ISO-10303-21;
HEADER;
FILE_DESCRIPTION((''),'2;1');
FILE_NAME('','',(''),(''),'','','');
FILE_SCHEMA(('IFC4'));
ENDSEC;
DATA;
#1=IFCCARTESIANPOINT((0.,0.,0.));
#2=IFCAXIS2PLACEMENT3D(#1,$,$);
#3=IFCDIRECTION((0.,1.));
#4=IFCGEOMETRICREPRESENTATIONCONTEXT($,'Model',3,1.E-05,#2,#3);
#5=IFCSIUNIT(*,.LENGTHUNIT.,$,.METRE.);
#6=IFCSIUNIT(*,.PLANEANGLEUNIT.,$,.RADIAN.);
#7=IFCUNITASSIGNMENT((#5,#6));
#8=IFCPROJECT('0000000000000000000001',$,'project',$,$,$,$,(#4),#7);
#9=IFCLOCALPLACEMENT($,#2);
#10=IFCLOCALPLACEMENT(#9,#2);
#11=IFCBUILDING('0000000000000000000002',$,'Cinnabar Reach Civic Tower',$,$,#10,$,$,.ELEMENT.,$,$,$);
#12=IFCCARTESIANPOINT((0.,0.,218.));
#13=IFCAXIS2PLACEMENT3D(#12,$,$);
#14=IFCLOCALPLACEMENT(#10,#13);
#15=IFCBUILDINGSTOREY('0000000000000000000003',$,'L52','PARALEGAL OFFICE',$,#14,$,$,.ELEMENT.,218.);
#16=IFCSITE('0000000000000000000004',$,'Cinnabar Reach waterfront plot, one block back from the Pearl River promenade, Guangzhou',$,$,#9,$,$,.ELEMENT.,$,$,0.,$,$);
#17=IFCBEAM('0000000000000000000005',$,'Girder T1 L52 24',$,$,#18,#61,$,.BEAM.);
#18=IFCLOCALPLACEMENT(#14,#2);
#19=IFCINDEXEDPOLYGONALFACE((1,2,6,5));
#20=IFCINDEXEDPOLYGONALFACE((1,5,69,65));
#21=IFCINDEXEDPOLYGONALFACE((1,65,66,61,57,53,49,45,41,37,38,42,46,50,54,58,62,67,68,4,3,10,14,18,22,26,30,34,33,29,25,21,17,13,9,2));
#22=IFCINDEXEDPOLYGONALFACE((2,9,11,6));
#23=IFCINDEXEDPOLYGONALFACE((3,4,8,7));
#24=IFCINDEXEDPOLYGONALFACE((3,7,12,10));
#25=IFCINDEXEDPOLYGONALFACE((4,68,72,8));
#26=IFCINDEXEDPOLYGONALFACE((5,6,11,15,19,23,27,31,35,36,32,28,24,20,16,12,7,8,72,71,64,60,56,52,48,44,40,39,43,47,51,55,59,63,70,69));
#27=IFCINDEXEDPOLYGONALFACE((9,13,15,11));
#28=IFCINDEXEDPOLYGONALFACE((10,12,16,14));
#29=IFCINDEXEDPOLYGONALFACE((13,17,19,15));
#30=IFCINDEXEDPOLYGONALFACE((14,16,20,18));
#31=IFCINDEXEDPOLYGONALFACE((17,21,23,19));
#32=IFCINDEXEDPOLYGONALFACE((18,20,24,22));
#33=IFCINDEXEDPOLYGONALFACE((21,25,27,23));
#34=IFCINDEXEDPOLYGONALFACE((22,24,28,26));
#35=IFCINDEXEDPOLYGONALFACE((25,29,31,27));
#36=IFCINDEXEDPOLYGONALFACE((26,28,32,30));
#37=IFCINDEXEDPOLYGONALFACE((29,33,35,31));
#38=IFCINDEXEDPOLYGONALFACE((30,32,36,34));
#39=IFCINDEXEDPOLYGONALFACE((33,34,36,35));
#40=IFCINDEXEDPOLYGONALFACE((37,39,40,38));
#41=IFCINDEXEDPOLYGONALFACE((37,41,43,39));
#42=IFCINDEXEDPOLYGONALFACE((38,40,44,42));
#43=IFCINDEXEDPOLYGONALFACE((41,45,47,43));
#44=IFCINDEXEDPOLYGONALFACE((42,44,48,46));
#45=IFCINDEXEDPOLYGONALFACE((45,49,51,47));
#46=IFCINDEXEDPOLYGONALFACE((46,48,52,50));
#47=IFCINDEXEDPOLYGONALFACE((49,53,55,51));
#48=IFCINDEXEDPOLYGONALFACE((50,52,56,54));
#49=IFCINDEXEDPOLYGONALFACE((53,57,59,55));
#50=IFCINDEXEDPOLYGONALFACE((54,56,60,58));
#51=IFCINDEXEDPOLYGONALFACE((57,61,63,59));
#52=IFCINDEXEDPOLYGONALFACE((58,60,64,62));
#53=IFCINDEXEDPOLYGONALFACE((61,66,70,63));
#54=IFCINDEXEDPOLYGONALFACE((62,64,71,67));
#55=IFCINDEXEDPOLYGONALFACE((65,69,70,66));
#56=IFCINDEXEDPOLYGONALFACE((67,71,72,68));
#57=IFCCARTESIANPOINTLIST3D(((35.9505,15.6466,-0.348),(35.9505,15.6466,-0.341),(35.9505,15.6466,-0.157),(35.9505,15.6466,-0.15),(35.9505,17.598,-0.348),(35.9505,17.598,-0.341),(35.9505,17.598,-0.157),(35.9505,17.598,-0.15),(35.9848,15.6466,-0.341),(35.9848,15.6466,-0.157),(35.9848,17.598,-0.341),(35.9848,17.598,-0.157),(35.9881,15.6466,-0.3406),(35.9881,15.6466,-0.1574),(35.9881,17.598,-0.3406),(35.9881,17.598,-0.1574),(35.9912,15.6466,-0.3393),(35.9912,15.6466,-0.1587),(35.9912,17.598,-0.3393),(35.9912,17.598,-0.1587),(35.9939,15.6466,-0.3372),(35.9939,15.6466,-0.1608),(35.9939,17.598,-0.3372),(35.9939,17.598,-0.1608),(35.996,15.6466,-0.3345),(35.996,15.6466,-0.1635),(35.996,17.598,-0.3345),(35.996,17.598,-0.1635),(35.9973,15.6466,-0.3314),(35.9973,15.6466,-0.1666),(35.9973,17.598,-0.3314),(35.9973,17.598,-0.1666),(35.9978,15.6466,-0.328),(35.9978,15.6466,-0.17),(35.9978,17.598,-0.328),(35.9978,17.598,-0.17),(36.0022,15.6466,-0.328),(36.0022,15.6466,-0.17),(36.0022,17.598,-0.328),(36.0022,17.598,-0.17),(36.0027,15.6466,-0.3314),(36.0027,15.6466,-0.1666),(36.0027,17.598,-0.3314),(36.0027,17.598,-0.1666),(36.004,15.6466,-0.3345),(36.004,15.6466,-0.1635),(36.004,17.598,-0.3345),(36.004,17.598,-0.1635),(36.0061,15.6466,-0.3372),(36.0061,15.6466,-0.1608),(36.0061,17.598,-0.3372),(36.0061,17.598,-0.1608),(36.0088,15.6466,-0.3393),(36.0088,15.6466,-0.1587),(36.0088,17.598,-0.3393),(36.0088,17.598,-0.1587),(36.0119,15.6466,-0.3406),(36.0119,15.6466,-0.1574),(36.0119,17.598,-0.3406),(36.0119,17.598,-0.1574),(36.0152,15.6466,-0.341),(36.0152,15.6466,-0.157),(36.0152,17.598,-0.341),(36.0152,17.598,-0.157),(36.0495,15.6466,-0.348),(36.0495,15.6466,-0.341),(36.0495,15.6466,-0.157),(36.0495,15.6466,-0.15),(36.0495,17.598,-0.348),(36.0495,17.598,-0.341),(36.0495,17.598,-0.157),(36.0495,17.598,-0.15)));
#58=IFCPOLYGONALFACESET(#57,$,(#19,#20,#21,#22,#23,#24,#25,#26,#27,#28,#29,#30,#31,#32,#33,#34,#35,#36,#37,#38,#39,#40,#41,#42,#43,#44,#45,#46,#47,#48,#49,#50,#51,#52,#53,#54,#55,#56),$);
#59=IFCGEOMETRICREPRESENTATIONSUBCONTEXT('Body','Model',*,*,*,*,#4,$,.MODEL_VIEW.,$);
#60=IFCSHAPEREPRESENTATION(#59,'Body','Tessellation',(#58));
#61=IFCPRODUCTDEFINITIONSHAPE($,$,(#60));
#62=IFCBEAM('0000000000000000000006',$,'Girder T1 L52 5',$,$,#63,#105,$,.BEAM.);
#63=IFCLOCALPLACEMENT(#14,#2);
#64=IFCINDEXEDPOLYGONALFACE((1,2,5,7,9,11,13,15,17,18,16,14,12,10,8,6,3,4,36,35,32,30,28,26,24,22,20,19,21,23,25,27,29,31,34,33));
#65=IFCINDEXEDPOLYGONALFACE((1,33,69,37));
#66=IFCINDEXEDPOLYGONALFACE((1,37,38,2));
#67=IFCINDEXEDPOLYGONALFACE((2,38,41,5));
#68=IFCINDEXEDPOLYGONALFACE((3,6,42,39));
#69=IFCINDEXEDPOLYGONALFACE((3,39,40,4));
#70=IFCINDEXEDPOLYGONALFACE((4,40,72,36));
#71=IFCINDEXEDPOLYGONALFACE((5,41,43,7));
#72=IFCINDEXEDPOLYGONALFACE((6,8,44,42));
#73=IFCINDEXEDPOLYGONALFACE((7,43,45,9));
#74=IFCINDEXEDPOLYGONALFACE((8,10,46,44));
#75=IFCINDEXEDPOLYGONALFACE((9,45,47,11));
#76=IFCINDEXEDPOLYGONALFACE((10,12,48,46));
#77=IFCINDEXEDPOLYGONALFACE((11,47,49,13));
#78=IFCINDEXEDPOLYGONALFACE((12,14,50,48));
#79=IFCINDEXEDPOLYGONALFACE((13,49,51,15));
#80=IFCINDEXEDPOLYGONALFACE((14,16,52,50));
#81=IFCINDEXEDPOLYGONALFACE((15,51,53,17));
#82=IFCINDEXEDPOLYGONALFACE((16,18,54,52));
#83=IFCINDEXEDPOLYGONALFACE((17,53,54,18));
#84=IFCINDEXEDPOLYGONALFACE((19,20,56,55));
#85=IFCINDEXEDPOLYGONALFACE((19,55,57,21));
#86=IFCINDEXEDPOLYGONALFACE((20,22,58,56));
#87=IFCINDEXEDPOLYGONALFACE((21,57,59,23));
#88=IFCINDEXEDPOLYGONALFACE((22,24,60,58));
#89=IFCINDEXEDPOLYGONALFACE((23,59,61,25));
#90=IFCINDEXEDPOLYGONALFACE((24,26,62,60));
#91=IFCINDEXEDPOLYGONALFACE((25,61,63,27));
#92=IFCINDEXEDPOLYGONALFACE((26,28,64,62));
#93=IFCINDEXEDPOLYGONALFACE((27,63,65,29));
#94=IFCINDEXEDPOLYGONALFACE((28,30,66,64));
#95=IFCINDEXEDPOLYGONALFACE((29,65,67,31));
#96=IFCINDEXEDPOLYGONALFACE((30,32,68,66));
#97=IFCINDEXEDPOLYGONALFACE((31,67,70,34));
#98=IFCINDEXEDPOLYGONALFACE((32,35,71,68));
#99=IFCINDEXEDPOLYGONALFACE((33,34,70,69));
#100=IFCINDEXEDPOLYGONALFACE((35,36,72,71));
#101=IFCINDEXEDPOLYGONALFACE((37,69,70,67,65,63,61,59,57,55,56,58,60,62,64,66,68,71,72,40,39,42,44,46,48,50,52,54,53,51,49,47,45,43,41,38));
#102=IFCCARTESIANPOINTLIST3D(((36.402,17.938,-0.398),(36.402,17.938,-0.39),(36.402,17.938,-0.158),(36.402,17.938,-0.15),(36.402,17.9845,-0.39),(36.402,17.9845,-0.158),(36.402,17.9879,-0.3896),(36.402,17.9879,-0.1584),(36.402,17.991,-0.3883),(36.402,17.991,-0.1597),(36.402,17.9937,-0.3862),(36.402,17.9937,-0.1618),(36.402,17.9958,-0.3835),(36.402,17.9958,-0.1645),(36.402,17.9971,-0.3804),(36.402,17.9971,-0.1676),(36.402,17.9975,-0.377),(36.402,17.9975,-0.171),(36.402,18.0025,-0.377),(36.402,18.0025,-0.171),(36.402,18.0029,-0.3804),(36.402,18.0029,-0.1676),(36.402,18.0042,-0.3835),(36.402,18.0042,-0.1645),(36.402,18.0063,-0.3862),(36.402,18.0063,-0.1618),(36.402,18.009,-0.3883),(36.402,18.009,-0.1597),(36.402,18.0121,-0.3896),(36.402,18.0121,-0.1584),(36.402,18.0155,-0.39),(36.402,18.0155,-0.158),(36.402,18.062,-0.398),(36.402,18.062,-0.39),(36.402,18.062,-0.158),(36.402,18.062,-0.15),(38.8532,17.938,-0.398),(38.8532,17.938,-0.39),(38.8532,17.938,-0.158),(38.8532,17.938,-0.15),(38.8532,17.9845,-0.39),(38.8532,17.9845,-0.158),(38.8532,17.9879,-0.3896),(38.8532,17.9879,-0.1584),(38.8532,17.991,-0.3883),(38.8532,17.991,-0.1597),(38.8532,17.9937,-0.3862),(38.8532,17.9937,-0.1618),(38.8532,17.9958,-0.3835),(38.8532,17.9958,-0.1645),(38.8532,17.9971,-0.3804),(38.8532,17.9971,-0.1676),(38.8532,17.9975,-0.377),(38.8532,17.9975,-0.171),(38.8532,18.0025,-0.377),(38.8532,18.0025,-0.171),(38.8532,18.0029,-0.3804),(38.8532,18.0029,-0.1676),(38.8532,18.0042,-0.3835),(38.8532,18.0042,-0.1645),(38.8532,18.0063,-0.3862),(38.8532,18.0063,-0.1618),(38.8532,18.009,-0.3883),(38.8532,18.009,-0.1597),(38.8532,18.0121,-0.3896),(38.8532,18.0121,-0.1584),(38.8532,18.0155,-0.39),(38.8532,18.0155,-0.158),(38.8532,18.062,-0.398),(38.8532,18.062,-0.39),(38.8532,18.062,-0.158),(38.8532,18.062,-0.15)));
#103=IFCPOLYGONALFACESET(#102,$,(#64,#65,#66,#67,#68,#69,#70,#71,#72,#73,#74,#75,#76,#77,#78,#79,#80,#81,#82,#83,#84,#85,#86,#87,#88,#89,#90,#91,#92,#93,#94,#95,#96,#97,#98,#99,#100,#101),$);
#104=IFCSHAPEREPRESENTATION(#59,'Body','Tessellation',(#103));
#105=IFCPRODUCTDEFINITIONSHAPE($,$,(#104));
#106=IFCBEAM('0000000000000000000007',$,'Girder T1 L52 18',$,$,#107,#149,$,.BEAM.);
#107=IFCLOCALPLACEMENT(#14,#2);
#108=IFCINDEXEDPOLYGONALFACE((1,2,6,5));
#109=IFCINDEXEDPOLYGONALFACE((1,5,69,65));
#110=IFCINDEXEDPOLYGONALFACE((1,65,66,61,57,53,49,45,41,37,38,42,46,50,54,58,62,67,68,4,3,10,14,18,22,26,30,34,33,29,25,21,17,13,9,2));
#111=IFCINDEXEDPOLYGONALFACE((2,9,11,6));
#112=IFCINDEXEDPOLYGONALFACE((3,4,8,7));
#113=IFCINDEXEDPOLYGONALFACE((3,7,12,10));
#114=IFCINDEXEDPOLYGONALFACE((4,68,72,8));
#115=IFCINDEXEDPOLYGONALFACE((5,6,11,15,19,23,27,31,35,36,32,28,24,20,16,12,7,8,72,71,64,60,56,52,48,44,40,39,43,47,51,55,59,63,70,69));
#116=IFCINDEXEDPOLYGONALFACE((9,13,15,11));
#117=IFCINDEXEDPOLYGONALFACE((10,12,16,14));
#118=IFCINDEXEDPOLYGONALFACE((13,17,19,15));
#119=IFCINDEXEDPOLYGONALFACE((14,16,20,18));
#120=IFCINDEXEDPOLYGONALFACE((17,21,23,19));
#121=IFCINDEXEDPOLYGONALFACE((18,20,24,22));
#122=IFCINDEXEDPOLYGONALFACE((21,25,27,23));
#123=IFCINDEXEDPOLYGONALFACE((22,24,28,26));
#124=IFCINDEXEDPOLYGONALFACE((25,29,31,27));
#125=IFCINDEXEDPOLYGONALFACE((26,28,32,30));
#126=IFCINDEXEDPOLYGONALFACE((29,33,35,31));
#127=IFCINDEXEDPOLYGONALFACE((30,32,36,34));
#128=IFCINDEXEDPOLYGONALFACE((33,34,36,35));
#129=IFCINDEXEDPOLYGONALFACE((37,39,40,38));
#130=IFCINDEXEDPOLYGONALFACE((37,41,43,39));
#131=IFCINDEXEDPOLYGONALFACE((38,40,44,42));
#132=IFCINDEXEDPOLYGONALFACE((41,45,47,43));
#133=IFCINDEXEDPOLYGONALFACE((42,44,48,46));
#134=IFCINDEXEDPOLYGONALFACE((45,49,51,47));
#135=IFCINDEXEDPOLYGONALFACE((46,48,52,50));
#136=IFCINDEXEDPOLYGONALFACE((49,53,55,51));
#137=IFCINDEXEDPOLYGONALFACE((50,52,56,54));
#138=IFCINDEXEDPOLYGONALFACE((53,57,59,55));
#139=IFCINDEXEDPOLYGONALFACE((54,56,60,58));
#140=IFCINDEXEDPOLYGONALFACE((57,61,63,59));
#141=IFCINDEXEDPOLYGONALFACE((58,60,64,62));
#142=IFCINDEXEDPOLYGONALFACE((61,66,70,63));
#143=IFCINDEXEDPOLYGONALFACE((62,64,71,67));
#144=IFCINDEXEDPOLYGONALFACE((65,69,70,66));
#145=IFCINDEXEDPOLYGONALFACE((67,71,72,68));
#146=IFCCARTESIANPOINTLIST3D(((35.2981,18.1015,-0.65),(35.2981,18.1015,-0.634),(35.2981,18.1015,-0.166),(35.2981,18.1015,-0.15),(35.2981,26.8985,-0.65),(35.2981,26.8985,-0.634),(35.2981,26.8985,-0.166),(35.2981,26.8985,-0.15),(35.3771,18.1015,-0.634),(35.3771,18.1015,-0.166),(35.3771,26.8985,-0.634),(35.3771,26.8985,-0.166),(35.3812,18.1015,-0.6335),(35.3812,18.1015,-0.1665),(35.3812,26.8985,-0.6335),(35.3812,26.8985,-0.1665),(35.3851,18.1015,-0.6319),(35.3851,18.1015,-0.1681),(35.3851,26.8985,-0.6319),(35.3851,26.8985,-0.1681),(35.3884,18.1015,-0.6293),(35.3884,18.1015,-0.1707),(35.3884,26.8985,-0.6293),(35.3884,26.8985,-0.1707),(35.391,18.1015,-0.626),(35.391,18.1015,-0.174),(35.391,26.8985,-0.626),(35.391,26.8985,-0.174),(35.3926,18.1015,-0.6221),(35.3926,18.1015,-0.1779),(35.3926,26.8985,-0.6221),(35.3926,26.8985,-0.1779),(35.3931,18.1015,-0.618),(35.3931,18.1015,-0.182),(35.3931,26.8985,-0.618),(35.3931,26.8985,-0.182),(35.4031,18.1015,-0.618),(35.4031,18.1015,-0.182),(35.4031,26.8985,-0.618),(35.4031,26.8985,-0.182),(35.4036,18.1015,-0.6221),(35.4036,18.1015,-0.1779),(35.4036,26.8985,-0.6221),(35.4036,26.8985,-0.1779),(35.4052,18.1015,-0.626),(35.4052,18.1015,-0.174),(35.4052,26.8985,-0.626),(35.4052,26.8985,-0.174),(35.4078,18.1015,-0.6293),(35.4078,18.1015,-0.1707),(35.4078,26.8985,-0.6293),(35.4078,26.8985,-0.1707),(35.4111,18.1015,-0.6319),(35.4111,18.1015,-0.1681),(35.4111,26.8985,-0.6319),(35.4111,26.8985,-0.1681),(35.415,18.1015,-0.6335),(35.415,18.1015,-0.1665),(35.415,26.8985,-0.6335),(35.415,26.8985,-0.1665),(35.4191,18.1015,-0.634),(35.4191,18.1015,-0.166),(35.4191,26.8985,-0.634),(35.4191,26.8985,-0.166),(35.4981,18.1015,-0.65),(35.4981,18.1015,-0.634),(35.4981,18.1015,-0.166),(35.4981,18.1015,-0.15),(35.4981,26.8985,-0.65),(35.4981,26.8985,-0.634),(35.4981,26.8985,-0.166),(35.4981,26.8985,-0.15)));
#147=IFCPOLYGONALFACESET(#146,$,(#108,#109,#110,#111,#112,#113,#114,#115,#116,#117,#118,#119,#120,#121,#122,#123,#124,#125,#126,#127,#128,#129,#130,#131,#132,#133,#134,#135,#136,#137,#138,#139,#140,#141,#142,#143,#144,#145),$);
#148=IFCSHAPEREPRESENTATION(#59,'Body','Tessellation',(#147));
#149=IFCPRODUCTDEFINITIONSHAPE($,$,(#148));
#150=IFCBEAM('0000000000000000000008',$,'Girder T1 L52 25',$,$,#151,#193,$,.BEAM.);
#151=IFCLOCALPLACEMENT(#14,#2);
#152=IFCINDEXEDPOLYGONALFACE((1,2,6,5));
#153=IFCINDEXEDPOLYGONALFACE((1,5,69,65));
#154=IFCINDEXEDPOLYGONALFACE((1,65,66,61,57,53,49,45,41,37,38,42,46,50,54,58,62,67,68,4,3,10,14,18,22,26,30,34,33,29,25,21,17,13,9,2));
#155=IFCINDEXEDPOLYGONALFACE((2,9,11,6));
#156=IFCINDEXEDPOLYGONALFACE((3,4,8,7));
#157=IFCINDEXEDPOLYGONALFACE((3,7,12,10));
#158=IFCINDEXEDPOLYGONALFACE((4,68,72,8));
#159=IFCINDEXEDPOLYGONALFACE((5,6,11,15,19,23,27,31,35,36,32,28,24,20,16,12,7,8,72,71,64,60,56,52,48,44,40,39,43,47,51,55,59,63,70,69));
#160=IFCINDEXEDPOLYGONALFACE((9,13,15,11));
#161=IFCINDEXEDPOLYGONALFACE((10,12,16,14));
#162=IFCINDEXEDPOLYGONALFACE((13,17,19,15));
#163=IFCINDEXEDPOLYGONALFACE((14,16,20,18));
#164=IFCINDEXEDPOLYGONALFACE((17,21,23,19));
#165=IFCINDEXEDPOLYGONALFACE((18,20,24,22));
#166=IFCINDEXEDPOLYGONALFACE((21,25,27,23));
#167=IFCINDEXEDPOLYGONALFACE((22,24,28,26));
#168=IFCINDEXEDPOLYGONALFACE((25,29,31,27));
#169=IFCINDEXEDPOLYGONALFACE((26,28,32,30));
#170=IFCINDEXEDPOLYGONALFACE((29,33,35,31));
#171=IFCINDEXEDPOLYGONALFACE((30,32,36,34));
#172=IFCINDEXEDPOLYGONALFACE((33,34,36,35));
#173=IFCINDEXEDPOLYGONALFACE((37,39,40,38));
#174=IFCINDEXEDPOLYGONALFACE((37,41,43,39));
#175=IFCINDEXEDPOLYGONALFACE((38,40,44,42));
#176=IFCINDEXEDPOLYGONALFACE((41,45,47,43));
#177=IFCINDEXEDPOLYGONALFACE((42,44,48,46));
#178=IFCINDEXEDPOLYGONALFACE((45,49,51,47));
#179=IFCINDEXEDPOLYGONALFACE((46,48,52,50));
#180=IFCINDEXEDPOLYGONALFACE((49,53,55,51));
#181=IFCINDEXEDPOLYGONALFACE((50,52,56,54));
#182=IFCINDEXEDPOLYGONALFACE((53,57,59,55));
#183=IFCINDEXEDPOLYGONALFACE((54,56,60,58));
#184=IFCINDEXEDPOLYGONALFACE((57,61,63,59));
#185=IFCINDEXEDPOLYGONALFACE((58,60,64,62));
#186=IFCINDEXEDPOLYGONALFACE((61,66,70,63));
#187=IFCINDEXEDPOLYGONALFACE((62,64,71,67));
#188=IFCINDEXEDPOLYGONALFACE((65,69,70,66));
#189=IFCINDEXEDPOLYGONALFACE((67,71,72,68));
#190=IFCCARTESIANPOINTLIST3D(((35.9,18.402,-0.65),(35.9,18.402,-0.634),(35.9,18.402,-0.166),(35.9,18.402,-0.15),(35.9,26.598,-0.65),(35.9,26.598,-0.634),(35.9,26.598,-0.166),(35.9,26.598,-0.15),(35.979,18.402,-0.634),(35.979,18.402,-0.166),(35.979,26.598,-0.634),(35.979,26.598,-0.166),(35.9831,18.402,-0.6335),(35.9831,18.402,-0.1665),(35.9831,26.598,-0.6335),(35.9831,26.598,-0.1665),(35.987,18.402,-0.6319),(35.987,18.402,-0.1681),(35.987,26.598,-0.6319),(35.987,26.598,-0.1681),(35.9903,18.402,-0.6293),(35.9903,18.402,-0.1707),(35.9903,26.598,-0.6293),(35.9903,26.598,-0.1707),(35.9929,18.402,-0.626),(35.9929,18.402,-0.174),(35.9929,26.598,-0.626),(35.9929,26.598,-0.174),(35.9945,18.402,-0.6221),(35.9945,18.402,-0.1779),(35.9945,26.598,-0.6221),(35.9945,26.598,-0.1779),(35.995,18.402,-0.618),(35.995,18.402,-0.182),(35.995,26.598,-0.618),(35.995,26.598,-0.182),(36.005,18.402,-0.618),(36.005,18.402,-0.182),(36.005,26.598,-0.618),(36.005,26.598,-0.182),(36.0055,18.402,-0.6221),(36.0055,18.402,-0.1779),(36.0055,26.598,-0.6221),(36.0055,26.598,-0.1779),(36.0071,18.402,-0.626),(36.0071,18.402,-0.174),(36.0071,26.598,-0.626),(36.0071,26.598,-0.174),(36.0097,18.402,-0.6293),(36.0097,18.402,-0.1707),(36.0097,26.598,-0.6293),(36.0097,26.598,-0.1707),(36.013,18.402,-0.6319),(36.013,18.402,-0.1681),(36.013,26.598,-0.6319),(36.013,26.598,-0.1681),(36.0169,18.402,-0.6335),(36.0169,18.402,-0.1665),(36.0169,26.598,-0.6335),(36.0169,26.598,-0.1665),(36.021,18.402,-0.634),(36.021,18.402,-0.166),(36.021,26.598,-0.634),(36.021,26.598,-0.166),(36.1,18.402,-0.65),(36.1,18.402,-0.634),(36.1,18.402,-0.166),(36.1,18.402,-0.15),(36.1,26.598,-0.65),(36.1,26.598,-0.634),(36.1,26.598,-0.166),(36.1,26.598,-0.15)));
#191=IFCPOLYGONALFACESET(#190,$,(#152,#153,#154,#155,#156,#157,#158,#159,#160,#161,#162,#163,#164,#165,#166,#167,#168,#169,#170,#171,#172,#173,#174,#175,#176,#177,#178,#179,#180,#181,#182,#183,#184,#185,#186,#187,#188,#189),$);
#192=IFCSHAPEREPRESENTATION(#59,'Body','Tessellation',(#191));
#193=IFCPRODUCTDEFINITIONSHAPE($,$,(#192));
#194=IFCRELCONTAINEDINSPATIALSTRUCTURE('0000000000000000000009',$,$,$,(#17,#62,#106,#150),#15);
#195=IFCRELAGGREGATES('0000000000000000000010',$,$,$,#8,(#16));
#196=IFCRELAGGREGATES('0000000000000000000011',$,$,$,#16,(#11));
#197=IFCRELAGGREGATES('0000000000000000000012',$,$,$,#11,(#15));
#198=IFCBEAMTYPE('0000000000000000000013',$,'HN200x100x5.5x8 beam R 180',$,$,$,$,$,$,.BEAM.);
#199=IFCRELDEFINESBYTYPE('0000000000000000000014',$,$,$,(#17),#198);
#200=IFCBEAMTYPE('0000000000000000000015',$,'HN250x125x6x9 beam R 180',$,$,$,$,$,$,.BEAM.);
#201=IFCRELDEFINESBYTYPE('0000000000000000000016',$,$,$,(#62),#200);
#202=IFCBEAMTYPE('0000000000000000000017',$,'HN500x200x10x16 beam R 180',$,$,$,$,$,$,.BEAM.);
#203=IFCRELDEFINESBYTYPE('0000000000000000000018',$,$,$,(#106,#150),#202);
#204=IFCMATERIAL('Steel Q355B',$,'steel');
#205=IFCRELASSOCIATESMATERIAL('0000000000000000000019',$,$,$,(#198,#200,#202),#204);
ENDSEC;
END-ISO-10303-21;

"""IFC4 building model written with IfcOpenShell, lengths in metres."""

from ifc_helpers import new_model, si_unit, direction, frame, origin, origin_2d, place, context, subcontext, project, spatial, i_section, extrude, material, material_profile, profile_set, type_object, element, save


model = new_model("IFC4")

# Units and contexts
model_context = context("Model", 3, precision=1e-05, world=origin(), true_north=direction((0.0, 1.0)))
body_context = subcontext(model_context, "Body", "Model", "MODEL_VIEW")
ifc_project = project(units=[si_unit("LENGTHUNIT", "METRE"), si_unit("PLANEANGLEUNIT", "RADIAN")], contexts=[model_context])

# Site, building, storey
site_placement = place(None, origin())
site = spatial("IfcSite", under=ifc_project, at=site_placement, Name="Cinnabar Reach waterfront plot, one block back from the Pearl River promenade, Guangzhou", CompositionType="ELEMENT", RefElevation=0.0)
building_placement = place(site_placement, origin())
building = spatial("IfcBuilding", under=site, at=building_placement, Name="Cinnabar Reach Civic Tower", CompositionType="ELEMENT")
storey_placement = place(building_placement, frame((0.0, 0.0, 218.0)))
storey = spatial("IfcBuildingStorey", under=building, at=storey_placement, Name="L52", Description="PARALEGAL OFFICE", CompositionType="ELEMENT", Elevation=218.0)

# Beams
ifc_material_1 = material(Name="Steel Q355B", Category="steel")
ifc_material_profile_1 = material_profile(ifc_material_1, i_section(OverallWidth=0.099, OverallDepth=0.198, WebThickness=0.0045, FlangeThickness=0.007, FilletRadius=0.013, at=origin_2d()), Name="HN200x100x5.5x8")
ifc_profile_set_1 = profile_set([ifc_material_profile_1], Name="Steel Q355B")
beam_type_1 = type_object("IfcBeamType", Name="HN200x100x5.5x8 beam R 180", PredefinedType="BEAM", material=ifc_profile_set_1)
beam_1_placement = place(storey_placement, frame((36.0, 15.6466, -0.249), z_axis=(0.0, 1.0, 0.0), x_axis=(-1.0, 0.0, 0.0)))
element("IfcBeam", 1, at=beam_1_placement, inside=storey, type_object=beam_type_1, Name="Girder T1 L52 24", PredefinedType="BEAM", context=body_context, shape_type="SweptSolid", body=[
    extrude(i_section(OverallWidth=0.099, OverallDepth=0.198, WebThickness=0.0045, FlangeThickness=0.007, FilletRadius=0.013, at=origin_2d()), origin(), (0.0, 0.0, 1.0), 1.9514),
])
ifc_material_profile_2 = material_profile(ifc_material_1, i_section(OverallWidth=0.124, OverallDepth=0.248, WebThickness=0.005, FlangeThickness=0.008, FilletRadius=0.013, at=origin_2d()), Name="HN250x125x6x9")
ifc_profile_set_2 = profile_set([ifc_material_profile_2], Name="Steel Q355B")
beam_type_2 = type_object("IfcBeamType", Name="HN250x125x6x9 beam R 180", PredefinedType="BEAM", material=ifc_profile_set_2)
beam_2_placement = place(storey_placement, frame((36.402, 18.0, -0.274), z_axis=(1.0, 0.0, 0.0), x_axis=(0.0, 1.0, 0.0)))
element("IfcBeam", 2, at=beam_2_placement, inside=storey, type_object=beam_type_2, Name="Girder T1 L52 5", PredefinedType="BEAM", context=body_context, shape_type="SweptSolid", body=[
    extrude(i_section(OverallWidth=0.124, OverallDepth=0.248, WebThickness=0.005, FlangeThickness=0.008, FilletRadius=0.013, at=origin_2d()), origin(), (0.0, 0.0, 1.0), 2.4512),
])
ifc_material_profile_3 = material_profile(ifc_material_1, i_section(OverallWidth=0.2, OverallDepth=0.5, WebThickness=0.01, FlangeThickness=0.016, FilletRadius=0.016, at=origin_2d()), Name="HN500x200x10x16")
ifc_profile_set_3 = profile_set([ifc_material_profile_3], Name="Steel Q355B")
beam_type_3 = type_object("IfcBeamType", Name="HN500x200x10x16 beam R 180", PredefinedType="BEAM", material=ifc_profile_set_3)
beam_3_placement = place(storey_placement, frame((35.3981, 18.1015, -0.4), z_axis=(0.0, 1.0, 0.0), x_axis=(-1.0, 0.0, 0.0)))
element("IfcBeam", 3, at=beam_3_placement, inside=storey, type_object=beam_type_3, Name="Girder T1 L52 18", PredefinedType="BEAM", context=body_context, shape_type="SweptSolid", body=[
    extrude(i_section(OverallWidth=0.2, OverallDepth=0.5, WebThickness=0.01, FlangeThickness=0.016, FilletRadius=0.016, at=origin_2d()), origin(), (0.0, 0.0, 1.0), 8.797),
])
beam_4_placement = place(storey_placement, frame((36.0, 18.402, -0.4), z_axis=(0.0, 1.0, 0.0), x_axis=(-1.0, 0.0, 0.0)))
element("IfcBeam", 4, at=beam_4_placement, inside=storey, type_object=beam_type_3, Name="Girder T1 L52 25", PredefinedType="BEAM", context=body_context, shape_type="SweptSolid", body=[
    extrude(i_section(OverallWidth=0.2, OverallDepth=0.5, WebThickness=0.01, FlangeThickness=0.016, FilletRadius=0.016, at=origin_2d()), origin(), (0.0, 0.0, 1.0), 8.196),
])

save(model, "model.ifc")
